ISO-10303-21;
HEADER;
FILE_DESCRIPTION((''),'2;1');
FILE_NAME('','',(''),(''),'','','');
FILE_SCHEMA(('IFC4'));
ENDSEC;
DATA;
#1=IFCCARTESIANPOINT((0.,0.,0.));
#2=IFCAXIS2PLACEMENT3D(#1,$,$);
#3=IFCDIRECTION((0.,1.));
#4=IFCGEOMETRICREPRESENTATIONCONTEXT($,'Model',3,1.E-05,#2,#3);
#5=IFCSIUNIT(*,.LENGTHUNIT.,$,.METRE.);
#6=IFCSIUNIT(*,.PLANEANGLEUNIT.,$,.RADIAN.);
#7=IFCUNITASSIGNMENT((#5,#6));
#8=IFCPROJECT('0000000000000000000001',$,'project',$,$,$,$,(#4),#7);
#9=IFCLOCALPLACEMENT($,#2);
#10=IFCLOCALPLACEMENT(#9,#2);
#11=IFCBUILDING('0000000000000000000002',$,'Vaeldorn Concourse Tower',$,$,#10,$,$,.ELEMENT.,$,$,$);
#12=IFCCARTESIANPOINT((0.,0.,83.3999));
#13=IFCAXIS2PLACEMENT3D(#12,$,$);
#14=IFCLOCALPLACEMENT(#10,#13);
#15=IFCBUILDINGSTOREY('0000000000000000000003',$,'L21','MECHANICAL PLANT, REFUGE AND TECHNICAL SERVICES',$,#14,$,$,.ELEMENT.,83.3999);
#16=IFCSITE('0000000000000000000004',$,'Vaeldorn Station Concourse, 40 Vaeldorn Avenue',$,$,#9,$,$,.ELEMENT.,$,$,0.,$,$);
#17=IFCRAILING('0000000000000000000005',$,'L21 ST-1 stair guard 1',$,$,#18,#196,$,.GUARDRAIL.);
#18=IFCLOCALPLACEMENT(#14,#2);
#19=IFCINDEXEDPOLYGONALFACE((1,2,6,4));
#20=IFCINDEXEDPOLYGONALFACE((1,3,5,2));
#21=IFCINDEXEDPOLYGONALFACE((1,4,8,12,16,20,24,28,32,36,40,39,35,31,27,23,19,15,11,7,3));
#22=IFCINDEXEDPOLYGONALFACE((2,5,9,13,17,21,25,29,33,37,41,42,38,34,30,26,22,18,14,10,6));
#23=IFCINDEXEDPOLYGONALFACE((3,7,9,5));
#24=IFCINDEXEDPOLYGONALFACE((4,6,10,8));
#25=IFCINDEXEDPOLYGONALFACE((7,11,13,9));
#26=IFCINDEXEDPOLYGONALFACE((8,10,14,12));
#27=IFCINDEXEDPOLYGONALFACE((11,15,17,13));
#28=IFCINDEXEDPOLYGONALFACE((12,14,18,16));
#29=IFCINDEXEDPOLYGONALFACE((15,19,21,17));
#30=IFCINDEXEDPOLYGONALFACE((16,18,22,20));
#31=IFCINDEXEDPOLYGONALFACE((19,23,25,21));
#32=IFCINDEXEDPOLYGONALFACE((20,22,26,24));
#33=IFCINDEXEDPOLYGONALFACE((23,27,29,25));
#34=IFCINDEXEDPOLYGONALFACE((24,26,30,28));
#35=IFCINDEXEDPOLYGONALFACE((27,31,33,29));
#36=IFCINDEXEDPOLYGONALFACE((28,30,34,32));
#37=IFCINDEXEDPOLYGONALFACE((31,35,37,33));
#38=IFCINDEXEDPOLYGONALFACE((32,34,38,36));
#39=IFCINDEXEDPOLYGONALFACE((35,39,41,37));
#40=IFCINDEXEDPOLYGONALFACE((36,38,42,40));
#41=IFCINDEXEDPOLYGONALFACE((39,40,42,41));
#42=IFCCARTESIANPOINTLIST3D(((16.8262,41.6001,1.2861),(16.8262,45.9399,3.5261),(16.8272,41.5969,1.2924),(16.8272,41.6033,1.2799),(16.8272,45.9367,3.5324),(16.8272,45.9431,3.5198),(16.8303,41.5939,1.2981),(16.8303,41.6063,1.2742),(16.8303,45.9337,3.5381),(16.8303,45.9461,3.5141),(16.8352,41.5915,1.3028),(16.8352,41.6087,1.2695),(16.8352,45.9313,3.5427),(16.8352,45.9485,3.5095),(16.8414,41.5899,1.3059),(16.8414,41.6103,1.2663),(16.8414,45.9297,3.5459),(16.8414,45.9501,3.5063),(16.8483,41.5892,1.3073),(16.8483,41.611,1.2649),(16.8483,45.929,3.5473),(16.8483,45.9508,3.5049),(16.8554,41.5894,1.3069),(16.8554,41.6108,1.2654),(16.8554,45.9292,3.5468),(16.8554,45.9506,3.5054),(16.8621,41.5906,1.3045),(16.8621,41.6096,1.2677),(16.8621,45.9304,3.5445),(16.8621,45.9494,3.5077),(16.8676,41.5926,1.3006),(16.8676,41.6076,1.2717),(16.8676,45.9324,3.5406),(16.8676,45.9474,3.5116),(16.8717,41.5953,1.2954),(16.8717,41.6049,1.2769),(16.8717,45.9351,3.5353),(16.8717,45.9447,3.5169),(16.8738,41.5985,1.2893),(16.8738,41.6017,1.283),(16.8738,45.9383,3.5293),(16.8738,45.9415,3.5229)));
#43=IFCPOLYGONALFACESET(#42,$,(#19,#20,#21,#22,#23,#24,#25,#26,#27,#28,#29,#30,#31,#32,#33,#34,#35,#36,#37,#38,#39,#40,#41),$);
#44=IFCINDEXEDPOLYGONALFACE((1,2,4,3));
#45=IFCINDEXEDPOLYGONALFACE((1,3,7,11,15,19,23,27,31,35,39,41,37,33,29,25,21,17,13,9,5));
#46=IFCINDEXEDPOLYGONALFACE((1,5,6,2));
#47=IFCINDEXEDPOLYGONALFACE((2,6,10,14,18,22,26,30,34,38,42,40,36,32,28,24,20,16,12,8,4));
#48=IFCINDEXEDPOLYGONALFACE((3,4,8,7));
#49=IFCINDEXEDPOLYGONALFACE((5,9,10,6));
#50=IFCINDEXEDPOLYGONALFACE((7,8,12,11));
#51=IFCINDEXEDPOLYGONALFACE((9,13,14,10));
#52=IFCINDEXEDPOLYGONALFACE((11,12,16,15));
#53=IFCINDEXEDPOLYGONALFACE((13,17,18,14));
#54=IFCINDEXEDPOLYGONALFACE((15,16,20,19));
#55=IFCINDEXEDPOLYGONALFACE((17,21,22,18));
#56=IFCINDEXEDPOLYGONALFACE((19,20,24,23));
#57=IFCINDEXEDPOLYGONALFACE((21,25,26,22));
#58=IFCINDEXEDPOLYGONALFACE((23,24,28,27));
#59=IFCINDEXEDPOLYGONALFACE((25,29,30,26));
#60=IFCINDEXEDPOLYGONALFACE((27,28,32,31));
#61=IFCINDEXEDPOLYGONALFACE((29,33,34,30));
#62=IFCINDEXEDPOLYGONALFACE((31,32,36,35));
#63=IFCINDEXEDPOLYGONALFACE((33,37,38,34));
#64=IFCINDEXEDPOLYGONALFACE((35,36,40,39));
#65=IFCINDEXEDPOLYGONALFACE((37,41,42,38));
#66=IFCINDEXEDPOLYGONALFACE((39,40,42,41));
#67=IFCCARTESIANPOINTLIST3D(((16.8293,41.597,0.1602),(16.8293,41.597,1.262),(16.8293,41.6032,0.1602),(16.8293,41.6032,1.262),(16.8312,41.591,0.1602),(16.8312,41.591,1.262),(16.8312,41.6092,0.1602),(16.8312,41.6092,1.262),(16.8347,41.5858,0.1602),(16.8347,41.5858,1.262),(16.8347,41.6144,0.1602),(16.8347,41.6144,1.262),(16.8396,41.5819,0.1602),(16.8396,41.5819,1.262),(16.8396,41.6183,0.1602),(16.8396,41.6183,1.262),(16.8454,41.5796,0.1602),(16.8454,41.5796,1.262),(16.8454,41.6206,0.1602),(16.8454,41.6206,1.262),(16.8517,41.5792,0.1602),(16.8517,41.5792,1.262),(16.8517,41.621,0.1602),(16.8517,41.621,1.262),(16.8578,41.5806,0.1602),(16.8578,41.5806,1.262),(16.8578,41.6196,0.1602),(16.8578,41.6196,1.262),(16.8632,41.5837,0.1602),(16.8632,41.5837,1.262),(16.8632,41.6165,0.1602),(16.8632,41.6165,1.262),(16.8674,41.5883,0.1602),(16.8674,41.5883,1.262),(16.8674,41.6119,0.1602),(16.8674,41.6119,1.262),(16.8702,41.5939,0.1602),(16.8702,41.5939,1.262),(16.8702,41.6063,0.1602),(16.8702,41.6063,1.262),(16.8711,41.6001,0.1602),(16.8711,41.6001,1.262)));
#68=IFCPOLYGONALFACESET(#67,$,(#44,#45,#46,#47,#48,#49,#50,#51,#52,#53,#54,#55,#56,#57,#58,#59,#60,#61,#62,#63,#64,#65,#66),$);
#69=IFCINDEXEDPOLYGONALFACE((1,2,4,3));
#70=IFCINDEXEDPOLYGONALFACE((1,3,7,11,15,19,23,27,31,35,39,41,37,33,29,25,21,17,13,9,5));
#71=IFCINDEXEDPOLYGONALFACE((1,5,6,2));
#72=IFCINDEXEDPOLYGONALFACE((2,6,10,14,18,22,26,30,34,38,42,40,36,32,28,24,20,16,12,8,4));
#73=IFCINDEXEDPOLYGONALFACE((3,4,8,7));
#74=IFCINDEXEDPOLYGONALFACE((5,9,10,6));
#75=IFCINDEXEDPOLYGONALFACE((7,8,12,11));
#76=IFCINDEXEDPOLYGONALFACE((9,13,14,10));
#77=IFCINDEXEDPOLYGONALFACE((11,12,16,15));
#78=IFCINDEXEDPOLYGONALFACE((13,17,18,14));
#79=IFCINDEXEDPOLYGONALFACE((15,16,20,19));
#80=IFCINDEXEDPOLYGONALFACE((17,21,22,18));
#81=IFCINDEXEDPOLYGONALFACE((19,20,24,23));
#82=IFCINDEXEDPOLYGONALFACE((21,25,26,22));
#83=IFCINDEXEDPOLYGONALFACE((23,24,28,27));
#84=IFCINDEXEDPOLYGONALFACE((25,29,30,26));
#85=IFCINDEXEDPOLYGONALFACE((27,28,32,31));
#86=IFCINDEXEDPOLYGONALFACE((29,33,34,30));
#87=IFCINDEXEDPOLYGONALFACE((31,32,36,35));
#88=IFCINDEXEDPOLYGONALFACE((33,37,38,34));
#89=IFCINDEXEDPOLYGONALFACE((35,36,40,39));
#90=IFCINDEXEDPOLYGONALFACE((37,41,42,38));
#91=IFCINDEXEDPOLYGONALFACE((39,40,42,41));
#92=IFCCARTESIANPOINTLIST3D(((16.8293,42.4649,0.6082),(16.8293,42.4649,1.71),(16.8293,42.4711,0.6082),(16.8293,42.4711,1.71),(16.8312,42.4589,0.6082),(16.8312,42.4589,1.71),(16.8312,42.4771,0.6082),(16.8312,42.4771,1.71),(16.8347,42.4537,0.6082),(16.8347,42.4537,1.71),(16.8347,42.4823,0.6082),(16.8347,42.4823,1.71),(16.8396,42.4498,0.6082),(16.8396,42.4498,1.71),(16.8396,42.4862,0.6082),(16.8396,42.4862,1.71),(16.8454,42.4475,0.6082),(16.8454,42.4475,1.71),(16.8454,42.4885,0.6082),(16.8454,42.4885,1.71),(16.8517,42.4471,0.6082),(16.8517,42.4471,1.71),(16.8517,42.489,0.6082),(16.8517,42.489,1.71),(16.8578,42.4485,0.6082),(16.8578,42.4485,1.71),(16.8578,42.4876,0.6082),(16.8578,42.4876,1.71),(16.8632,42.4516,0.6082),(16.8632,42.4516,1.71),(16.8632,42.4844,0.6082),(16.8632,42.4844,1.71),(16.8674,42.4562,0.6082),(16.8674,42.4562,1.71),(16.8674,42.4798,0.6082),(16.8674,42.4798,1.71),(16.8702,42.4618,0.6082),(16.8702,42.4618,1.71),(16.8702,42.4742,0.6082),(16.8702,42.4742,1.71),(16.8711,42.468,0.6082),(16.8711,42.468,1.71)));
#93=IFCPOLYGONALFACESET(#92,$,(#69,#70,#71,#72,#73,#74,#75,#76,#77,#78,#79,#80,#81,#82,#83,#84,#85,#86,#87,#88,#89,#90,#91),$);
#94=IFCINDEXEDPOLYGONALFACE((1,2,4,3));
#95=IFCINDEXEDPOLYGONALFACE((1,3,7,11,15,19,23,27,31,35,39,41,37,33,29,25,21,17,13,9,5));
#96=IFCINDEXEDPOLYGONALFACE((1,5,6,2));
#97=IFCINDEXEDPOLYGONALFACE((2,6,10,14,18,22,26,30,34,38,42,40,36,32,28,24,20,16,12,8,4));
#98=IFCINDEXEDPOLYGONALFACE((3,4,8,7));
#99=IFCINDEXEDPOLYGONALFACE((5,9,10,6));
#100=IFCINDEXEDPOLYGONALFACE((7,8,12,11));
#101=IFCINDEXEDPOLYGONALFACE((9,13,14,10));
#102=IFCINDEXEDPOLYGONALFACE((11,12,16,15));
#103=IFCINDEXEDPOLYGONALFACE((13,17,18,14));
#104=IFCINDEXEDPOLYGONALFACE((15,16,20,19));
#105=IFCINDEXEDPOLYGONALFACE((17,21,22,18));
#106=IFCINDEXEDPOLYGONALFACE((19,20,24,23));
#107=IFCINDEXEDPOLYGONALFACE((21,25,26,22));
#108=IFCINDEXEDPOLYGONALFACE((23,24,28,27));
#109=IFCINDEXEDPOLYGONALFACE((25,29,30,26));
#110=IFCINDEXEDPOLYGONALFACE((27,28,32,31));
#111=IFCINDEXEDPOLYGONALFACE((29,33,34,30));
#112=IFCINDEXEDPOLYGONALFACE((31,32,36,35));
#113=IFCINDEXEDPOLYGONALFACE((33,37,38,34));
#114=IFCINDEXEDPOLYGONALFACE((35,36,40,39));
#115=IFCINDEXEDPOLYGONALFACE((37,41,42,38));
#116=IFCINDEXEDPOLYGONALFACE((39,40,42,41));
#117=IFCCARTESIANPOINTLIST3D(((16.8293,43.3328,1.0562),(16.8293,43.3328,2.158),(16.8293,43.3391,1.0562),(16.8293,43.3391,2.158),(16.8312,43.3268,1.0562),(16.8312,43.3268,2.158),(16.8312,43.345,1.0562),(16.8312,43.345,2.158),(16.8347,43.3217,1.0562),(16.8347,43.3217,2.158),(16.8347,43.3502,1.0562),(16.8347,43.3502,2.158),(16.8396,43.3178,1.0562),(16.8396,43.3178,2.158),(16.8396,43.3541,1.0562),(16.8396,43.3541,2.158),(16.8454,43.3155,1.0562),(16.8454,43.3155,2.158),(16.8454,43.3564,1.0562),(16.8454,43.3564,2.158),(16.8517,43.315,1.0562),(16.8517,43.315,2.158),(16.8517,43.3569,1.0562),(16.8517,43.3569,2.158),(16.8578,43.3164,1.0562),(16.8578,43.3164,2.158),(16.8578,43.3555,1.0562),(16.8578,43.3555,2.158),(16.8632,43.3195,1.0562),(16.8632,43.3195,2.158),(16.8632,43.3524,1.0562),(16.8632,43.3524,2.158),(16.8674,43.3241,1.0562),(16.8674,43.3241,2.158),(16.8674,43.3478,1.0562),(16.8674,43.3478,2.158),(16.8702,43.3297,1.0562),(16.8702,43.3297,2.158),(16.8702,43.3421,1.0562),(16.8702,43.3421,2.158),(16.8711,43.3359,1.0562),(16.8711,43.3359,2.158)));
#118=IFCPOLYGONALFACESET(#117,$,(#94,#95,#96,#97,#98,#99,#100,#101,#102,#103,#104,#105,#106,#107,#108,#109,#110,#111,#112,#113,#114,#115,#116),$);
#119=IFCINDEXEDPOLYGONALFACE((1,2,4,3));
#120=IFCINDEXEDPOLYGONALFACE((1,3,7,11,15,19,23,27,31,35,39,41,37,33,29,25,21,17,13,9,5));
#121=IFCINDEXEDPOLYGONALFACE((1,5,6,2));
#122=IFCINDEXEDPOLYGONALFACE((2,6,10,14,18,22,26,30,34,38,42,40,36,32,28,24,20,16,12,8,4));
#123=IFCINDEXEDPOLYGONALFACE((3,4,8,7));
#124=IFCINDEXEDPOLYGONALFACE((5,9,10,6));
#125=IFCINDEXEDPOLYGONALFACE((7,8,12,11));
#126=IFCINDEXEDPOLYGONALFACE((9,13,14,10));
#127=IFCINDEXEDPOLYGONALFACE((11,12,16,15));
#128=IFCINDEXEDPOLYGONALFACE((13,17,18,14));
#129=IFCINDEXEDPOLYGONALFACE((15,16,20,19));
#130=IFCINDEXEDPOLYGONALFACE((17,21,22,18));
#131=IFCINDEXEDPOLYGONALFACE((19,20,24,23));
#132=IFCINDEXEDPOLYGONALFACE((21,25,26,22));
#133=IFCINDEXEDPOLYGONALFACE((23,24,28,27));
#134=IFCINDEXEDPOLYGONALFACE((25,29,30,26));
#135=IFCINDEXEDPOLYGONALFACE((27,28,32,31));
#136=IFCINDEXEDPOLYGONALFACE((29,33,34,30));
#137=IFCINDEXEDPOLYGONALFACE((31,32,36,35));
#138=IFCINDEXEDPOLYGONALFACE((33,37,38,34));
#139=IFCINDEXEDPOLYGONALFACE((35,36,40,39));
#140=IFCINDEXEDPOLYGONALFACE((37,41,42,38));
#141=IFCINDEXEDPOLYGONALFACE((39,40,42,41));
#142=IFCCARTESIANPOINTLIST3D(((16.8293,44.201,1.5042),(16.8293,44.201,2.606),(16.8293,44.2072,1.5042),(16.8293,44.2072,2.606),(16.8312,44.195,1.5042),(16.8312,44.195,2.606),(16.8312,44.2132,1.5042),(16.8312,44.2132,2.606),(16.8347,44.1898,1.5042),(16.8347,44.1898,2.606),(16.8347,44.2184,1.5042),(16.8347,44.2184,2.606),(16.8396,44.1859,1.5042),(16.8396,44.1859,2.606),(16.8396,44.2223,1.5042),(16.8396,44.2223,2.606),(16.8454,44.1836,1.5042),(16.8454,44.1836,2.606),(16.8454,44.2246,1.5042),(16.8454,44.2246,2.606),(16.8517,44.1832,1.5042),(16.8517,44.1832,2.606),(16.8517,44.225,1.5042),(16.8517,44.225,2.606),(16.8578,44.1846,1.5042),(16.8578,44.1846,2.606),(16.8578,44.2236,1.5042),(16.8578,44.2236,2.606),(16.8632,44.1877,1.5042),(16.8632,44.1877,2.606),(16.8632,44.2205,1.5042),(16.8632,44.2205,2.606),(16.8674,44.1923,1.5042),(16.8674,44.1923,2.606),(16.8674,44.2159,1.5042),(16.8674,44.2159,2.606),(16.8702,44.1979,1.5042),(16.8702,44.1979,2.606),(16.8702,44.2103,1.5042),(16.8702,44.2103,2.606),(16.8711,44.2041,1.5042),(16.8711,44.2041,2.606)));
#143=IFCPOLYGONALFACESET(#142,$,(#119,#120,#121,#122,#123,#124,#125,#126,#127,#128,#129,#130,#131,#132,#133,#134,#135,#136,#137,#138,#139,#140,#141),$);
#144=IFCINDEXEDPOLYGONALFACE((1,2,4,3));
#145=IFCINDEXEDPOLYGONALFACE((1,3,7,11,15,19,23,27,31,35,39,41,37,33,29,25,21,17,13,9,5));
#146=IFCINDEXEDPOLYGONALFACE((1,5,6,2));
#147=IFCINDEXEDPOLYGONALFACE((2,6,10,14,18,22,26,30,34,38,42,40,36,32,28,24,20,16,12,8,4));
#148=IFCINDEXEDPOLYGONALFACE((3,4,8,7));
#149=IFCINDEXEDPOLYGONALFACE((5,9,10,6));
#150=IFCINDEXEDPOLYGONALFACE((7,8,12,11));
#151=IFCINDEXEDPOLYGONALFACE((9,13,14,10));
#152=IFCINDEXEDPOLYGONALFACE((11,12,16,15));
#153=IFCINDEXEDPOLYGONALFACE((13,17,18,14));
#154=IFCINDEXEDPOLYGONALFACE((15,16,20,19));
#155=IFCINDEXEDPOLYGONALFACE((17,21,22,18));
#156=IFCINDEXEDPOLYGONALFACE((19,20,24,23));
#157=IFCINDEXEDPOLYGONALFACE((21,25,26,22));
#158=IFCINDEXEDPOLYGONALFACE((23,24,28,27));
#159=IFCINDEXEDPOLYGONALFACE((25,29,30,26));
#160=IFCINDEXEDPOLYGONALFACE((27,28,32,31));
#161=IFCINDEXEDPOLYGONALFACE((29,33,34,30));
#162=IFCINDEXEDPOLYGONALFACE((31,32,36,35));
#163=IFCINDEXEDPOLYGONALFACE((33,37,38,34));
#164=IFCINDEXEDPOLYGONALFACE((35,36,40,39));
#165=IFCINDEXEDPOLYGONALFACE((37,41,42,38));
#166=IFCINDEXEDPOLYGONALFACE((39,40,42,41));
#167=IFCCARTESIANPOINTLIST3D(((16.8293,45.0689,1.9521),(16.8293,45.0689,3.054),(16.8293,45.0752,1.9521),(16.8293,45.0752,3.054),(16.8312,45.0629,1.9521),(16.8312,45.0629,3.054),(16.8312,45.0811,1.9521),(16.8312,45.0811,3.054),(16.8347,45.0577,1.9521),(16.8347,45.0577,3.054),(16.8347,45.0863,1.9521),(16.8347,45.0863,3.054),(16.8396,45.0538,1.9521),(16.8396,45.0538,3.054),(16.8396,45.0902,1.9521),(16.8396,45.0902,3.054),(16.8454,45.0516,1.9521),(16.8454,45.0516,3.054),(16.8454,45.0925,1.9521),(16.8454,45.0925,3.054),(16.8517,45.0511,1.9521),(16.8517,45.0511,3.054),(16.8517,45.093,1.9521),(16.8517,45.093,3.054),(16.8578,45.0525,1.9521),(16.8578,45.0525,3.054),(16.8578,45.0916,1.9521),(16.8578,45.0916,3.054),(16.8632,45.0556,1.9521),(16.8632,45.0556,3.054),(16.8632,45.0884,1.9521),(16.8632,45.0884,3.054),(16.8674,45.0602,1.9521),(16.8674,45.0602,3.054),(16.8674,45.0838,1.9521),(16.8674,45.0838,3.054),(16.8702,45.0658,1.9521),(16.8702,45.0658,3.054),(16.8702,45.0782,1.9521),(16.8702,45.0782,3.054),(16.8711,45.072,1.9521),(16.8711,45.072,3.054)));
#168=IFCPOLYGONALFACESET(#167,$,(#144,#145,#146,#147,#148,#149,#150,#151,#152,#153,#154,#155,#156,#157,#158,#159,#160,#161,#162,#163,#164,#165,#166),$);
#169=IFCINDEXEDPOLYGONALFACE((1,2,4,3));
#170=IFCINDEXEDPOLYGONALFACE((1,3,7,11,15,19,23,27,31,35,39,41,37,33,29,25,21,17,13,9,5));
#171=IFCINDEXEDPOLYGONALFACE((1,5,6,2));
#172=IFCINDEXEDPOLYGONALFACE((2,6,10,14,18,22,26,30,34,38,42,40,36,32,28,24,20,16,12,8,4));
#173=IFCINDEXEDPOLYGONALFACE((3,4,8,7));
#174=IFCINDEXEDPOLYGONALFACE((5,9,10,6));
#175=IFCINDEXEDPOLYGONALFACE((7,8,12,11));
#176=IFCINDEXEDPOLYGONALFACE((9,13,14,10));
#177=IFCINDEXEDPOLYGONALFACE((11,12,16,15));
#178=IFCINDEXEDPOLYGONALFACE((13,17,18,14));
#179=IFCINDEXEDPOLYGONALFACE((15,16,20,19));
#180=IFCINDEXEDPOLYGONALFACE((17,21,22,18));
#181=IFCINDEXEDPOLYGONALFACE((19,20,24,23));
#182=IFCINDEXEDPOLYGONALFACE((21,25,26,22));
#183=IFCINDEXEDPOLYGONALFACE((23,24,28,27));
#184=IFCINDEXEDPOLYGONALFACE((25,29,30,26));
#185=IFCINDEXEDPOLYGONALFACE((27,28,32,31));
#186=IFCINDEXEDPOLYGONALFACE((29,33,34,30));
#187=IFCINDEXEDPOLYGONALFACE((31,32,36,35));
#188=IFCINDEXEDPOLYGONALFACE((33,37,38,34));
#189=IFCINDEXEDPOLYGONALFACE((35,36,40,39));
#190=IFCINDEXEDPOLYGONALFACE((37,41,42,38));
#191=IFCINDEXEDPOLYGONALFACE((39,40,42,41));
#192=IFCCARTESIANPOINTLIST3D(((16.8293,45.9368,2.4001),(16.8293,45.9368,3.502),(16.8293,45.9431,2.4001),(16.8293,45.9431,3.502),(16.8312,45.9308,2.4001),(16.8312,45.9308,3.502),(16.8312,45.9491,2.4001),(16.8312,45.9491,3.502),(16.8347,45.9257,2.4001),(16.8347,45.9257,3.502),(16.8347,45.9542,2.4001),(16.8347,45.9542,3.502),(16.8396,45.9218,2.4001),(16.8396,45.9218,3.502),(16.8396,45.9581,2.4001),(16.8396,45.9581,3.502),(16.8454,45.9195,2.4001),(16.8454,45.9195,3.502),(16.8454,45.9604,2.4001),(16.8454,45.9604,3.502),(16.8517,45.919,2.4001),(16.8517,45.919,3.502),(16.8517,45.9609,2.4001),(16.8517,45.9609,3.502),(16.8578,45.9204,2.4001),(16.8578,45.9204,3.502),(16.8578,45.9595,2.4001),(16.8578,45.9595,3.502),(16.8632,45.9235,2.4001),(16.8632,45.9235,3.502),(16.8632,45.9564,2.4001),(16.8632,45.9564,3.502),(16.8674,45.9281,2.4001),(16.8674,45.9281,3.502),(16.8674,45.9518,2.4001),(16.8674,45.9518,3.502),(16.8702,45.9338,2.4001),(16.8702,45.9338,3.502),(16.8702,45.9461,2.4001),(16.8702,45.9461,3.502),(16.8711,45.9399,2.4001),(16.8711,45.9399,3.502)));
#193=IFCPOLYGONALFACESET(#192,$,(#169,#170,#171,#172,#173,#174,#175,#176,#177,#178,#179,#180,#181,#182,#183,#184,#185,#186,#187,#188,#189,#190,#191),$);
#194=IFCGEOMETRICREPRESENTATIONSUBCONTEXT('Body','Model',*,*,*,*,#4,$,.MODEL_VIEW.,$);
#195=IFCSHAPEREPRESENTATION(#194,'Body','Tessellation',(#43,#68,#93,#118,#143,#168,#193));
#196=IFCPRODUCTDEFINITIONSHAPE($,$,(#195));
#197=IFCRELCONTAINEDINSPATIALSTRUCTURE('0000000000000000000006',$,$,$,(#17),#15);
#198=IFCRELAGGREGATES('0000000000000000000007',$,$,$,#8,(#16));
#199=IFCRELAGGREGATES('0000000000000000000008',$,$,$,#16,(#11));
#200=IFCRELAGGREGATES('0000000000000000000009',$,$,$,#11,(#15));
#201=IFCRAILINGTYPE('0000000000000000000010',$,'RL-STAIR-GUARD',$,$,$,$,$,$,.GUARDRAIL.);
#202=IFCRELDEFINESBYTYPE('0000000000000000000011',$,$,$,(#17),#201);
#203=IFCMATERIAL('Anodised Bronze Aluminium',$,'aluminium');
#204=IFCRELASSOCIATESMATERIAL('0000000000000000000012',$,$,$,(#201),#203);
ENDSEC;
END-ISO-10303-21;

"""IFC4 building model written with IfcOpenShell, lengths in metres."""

from ifc_helpers import new_model, si_unit, direction, frame, origin, origin_2d, place, context, subcontext, project, spatial, circle, extrude, material, type_object, element, save


model = new_model("IFC4")

# Units and contexts
model_context = context("Model", 3, precision=1e-05, world=origin(), true_north=direction((0.0, 1.0)))
body_context = subcontext(model_context, "Body", "Model", "MODEL_VIEW")
ifc_project = project(units=[si_unit("LENGTHUNIT", "METRE"), si_unit("PLANEANGLEUNIT", "RADIAN")], contexts=[model_context])

# Site, building, storey
site_placement = place(None, origin())
site = spatial("IfcSite", under=ifc_project, at=site_placement, Name="Vaeldorn Station Concourse, 40 Vaeldorn Avenue", CompositionType="ELEMENT", RefElevation=0.0)
building_placement = place(site_placement, origin())
building = spatial("IfcBuilding", under=site, at=building_placement, Name="Vaeldorn Concourse Tower", CompositionType="ELEMENT")
storey_placement = place(building_placement, frame((0.0, 0.0, 83.3999)))
storey = spatial("IfcBuildingStorey", under=building, at=storey_placement, Name="L21", Description="MECHANICAL PLANT, REFUGE AND TECHNICAL SERVICES", CompositionType="ELEMENT", Elevation=83.3999)

# Shared definitions
ifc_material_1 = material(Name="Anodised Bronze Aluminium", Category="aluminium")

# Railing
railing_type = type_object("IfcRailingType", Name="RL-STAIR-GUARD", PredefinedType="GUARDRAIL", material=ifc_material_1)
railing_1_placement = place(storey_placement, frame((16.8501, 41.6001, 0.1602)))
element("IfcRailing", 1, at=railing_1_placement, inside=storey, type_object=railing_type, Name="L21 ST-1 stair guard 1", PredefinedType="GUARDRAIL", context=body_context, shape_type="SweptSolid", body=[
    extrude(circle(Radius=0.0239, at=origin_2d()), frame((0.0, 0.0, 1.126), z_axis=(0.0, 0.888615, 0.458654), x_axis=(-1.0, 0.0, 0.0)), (0.0, 0.0, 1.0), 4.8838),
    extrude(circle(Radius=0.021, at=origin_2d()), origin(), (0.0, 0.0, 1.0), 1.1018),
    extrude(circle(Radius=0.021, at=origin_2d()), frame((0.0, 0.8679, 0.448)), (0.0, 0.0, 1.0), 1.1018),
    extrude(circle(Radius=0.021, at=origin_2d()), frame((0.0, 1.7358, 0.896)), (0.0, 0.0, 1.0), 1.1018),
    extrude(circle(Radius=0.021, at=origin_2d()), frame((0.0, 2.604, 1.344)), (0.0, 0.0, 1.0), 1.1018),
    extrude(circle(Radius=0.021, at=origin_2d()), frame((0.0, 3.4719, 1.792)), (0.0, 0.0, 1.0), 1.1018),
    extrude(circle(Radius=0.021, at=origin_2d()), frame((0.0, 4.3398, 2.24)), (0.0, 0.0, 1.0), 1.1018),
])

save(model, "model.ifc")
